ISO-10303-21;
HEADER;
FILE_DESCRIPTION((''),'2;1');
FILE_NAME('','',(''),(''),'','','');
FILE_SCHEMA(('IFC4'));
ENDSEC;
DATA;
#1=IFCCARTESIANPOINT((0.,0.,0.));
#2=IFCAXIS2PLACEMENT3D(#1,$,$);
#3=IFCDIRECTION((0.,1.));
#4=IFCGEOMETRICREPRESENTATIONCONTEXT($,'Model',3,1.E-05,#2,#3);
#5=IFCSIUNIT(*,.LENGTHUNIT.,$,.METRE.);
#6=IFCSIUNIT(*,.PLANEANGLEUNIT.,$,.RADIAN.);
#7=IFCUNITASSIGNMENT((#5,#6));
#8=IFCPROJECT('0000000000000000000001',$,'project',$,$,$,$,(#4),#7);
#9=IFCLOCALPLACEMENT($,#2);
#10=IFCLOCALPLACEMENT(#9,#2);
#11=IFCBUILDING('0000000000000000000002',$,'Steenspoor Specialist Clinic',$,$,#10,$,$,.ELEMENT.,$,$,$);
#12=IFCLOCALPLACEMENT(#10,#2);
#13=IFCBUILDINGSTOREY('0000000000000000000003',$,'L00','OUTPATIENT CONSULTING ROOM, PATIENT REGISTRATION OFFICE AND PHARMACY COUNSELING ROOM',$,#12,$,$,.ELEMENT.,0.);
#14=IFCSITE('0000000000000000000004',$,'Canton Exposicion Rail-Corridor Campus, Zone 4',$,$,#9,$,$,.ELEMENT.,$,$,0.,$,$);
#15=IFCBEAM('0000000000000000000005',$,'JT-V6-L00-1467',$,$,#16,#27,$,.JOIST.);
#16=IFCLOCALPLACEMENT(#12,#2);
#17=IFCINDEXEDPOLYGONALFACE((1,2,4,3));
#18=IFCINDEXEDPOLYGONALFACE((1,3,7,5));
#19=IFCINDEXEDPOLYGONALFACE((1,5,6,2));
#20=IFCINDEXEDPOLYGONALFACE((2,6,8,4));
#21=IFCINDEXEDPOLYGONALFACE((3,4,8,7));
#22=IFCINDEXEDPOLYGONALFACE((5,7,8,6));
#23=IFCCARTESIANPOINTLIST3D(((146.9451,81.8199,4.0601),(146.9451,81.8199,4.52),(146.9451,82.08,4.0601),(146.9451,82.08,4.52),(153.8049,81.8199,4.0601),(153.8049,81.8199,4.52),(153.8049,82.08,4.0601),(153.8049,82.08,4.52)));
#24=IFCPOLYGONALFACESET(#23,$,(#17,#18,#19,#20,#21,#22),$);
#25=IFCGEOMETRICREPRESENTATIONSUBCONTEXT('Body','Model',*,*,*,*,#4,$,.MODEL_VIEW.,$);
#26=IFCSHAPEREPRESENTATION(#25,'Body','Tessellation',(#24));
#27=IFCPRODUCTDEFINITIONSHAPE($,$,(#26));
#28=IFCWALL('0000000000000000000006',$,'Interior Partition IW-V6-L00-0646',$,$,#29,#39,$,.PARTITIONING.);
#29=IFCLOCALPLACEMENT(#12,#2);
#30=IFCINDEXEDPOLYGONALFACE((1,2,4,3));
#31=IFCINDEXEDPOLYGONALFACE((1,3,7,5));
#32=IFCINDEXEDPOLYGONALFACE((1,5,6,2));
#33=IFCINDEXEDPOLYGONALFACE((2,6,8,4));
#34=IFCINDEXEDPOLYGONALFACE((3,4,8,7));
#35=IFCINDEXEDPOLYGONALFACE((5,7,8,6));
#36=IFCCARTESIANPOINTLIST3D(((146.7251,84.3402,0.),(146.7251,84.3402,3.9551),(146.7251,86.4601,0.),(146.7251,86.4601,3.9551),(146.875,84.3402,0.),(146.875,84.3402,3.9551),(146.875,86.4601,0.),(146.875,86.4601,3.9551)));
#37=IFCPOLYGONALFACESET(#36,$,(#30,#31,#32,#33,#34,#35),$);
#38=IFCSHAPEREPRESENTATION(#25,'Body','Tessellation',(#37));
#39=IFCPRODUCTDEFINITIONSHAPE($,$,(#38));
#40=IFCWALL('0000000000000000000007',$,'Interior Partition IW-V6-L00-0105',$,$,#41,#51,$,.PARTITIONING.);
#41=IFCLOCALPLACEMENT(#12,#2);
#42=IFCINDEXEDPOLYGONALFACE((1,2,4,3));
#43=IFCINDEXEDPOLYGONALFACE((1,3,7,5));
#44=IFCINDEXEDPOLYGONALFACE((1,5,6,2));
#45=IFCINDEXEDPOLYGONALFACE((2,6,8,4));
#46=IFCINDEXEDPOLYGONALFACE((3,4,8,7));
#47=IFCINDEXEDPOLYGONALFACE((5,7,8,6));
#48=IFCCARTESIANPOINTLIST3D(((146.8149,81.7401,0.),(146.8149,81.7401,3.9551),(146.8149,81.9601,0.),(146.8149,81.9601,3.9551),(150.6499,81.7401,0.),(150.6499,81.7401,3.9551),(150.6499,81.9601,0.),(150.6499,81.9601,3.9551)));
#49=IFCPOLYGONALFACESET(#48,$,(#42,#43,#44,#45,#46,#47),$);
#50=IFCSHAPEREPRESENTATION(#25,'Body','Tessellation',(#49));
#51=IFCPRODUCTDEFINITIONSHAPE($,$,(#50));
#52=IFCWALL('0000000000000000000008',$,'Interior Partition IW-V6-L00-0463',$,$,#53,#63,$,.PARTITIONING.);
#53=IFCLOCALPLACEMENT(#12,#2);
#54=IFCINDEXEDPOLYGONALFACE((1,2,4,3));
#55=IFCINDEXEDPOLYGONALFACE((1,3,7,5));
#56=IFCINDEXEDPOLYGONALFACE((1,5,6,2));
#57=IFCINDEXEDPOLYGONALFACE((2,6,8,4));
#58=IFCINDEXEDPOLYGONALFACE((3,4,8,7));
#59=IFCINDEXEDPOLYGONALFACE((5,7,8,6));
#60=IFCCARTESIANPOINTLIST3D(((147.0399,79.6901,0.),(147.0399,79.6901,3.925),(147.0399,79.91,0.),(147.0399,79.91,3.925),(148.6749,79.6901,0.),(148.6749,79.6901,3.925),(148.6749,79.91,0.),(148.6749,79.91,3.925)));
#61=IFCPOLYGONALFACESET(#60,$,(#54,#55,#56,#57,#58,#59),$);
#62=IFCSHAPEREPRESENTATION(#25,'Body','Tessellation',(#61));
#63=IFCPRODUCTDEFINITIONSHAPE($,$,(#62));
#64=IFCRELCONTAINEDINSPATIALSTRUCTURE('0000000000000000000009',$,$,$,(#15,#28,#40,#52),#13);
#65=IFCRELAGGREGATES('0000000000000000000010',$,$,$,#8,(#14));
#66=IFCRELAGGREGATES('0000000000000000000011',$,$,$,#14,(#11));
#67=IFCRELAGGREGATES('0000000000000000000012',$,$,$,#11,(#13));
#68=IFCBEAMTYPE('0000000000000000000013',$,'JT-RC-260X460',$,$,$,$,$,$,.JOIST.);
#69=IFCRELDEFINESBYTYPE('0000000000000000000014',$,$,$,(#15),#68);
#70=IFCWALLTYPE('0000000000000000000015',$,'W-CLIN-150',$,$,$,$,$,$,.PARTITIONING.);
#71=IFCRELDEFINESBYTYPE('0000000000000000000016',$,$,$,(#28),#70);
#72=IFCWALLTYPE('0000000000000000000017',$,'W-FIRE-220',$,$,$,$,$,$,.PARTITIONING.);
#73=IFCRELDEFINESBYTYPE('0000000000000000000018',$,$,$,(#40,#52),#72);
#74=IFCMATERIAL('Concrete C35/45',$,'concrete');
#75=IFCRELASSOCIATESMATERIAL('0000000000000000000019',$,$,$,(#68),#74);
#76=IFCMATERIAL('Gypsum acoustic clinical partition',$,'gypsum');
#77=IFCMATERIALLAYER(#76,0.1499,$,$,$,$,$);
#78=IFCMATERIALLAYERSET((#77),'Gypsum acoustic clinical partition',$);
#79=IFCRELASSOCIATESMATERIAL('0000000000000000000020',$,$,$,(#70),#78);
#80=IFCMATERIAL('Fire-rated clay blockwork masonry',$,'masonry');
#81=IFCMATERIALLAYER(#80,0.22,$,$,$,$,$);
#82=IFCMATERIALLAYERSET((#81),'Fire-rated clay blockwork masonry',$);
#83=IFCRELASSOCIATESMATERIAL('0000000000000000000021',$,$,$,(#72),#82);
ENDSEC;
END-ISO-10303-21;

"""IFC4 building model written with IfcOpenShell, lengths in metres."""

from ifc_helpers import new_model, si_unit, direction, frame, frame_2d, origin, origin_2d, place, context, subcontext, project, spatial, rectangle, extrude, material, layer, layer_set, material_profile, profile_set, type_object, element, save


model = new_model("IFC4")

# Units and contexts
model_context = context("Model", 3, precision=1e-05, world=origin(), true_north=direction((0.0, 1.0)))
body_context = subcontext(model_context, "Body", "Model", "MODEL_VIEW")
ifc_project = project(units=[si_unit("LENGTHUNIT", "METRE"), si_unit("PLANEANGLEUNIT", "RADIAN")], contexts=[model_context])

# Site, building, storey
site_placement = place(None, origin())
site = spatial("IfcSite", under=ifc_project, at=site_placement, Name="Canton Exposicion Rail-Corridor Campus, Zone 4", CompositionType="ELEMENT", RefElevation=0.0)
building_placement = place(site_placement, origin())
building = spatial("IfcBuilding", under=site, at=building_placement, Name="Steenspoor Specialist Clinic", CompositionType="ELEMENT")
storey_placement = place(building_placement, origin())
storey = spatial("IfcBuildingStorey", under=building, at=storey_placement, Name="L00", Description="OUTPATIENT CONSULTING ROOM, PATIENT REGISTRATION OFFICE AND PHARMACY COUNSELING ROOM", CompositionType="ELEMENT", Elevation=0.0)

# Shared definitions
ifc_material_1 = material(Name="Concrete C35/45", Category="concrete")

# Beam
ifc_material_profile_1 = material_profile(ifc_material_1, rectangle(XDim=0.26, YDim=0.46, at=origin_2d()), Name="RC-JT-260X460")
ifc_profile_set_1 = profile_set([ifc_material_profile_1], Name="Concrete C35/45")
beam_type_1 = type_object("IfcBeamType", Name="JT-RC-260X460", PredefinedType="JOIST", material=ifc_profile_set_1)
beam_1_placement = place(storey_placement, frame((146.9451, 81.95, 4.29), z_axis=(1.0, 0.0, 0.0), x_axis=(0.0, 1.0, 0.0)))
element("IfcBeam", 1, at=beam_1_placement, inside=storey, type_object=beam_type_1, Name="JT-V6-L00-1467", PredefinedType="JOIST", context=body_context, shape_type="SweptSolid", body=[
    extrude(rectangle(XDim=0.26, YDim=0.46, at=origin_2d()), origin(), (0.0, 0.0, 1.0), 6.8599),
])

# Shared definitions
ifc_material_2 = material(Name="Gypsum acoustic clinical partition", Category="gypsum")
ifc_layer_1 = layer(ifc_material_2, 0.1499)
ifc_layer_set_1 = layer_set([ifc_layer_1], Name="Gypsum acoustic clinical partition")
wall_type_1 = type_object("IfcWallType", Name="W-CLIN-150", PredefinedType="PARTITIONING", material=ifc_layer_set_1)

# Walls
wall_1_placement = place(storey_placement, frame((146.8, 84.3401, 0.0), z_axis=(0.0, 0.0, 1.0), x_axis=(0.0, 1.0, 0.0)))
element("IfcWall", 2, at=wall_1_placement, inside=storey, type_object=wall_type_1, Name="Interior Partition IW-V6-L00-0646", PredefinedType="PARTITIONING", context=body_context, shape_type="SweptSolid", body=[
    extrude(rectangle(XDim=2.1199, YDim=0.1499, at=frame_2d((1.0601, 0.0))), origin(), (0.0, 0.0, 1.0), 3.9551),
])
ifc_material_3 = material(Name="Fire-rated clay blockwork masonry", Category="masonry")
ifc_layer_2 = layer(ifc_material_3, 0.22)
ifc_layer_set_2 = layer_set([ifc_layer_2], Name="Fire-rated clay blockwork masonry")
wall_type_2 = type_object("IfcWallType", Name="W-FIRE-220", PredefinedType="PARTITIONING", material=ifc_layer_set_2)
wall_2_placement = place(storey_placement, frame((146.8149, 81.8501, 0.0), z_axis=(0.0, 0.0, 1.0), x_axis=(1.0, 0.0, 0.0)))
element("IfcWall", 3, at=wall_2_placement, inside=storey, type_object=wall_type_2, Name="Interior Partition IW-V6-L00-0105", PredefinedType="PARTITIONING", context=body_context, shape_type="SweptSolid", body=[
    extrude(rectangle(XDim=3.835, YDim=0.22, at=frame_2d((1.9175, 0.0))), origin(), (0.0, 0.0, 1.0), 3.9551),
])
wall_3_placement = place(storey_placement, frame((147.04, 79.8, 0.0), z_axis=(0.0, 0.0, 1.0), x_axis=(1.0, 0.0, 0.0)))
element("IfcWall", 4, at=wall_3_placement, inside=storey, type_object=wall_type_2, Name="Interior Partition IW-V6-L00-0463", PredefinedType="PARTITIONING", context=body_context, shape_type="SweptSolid", body=[
    extrude(rectangle(XDim=1.635, YDim=0.22, at=frame_2d((0.8174, 0.0))), origin(), (0.0, 0.0, 1.0), 3.925),
])

save(model, "model.ifc")
